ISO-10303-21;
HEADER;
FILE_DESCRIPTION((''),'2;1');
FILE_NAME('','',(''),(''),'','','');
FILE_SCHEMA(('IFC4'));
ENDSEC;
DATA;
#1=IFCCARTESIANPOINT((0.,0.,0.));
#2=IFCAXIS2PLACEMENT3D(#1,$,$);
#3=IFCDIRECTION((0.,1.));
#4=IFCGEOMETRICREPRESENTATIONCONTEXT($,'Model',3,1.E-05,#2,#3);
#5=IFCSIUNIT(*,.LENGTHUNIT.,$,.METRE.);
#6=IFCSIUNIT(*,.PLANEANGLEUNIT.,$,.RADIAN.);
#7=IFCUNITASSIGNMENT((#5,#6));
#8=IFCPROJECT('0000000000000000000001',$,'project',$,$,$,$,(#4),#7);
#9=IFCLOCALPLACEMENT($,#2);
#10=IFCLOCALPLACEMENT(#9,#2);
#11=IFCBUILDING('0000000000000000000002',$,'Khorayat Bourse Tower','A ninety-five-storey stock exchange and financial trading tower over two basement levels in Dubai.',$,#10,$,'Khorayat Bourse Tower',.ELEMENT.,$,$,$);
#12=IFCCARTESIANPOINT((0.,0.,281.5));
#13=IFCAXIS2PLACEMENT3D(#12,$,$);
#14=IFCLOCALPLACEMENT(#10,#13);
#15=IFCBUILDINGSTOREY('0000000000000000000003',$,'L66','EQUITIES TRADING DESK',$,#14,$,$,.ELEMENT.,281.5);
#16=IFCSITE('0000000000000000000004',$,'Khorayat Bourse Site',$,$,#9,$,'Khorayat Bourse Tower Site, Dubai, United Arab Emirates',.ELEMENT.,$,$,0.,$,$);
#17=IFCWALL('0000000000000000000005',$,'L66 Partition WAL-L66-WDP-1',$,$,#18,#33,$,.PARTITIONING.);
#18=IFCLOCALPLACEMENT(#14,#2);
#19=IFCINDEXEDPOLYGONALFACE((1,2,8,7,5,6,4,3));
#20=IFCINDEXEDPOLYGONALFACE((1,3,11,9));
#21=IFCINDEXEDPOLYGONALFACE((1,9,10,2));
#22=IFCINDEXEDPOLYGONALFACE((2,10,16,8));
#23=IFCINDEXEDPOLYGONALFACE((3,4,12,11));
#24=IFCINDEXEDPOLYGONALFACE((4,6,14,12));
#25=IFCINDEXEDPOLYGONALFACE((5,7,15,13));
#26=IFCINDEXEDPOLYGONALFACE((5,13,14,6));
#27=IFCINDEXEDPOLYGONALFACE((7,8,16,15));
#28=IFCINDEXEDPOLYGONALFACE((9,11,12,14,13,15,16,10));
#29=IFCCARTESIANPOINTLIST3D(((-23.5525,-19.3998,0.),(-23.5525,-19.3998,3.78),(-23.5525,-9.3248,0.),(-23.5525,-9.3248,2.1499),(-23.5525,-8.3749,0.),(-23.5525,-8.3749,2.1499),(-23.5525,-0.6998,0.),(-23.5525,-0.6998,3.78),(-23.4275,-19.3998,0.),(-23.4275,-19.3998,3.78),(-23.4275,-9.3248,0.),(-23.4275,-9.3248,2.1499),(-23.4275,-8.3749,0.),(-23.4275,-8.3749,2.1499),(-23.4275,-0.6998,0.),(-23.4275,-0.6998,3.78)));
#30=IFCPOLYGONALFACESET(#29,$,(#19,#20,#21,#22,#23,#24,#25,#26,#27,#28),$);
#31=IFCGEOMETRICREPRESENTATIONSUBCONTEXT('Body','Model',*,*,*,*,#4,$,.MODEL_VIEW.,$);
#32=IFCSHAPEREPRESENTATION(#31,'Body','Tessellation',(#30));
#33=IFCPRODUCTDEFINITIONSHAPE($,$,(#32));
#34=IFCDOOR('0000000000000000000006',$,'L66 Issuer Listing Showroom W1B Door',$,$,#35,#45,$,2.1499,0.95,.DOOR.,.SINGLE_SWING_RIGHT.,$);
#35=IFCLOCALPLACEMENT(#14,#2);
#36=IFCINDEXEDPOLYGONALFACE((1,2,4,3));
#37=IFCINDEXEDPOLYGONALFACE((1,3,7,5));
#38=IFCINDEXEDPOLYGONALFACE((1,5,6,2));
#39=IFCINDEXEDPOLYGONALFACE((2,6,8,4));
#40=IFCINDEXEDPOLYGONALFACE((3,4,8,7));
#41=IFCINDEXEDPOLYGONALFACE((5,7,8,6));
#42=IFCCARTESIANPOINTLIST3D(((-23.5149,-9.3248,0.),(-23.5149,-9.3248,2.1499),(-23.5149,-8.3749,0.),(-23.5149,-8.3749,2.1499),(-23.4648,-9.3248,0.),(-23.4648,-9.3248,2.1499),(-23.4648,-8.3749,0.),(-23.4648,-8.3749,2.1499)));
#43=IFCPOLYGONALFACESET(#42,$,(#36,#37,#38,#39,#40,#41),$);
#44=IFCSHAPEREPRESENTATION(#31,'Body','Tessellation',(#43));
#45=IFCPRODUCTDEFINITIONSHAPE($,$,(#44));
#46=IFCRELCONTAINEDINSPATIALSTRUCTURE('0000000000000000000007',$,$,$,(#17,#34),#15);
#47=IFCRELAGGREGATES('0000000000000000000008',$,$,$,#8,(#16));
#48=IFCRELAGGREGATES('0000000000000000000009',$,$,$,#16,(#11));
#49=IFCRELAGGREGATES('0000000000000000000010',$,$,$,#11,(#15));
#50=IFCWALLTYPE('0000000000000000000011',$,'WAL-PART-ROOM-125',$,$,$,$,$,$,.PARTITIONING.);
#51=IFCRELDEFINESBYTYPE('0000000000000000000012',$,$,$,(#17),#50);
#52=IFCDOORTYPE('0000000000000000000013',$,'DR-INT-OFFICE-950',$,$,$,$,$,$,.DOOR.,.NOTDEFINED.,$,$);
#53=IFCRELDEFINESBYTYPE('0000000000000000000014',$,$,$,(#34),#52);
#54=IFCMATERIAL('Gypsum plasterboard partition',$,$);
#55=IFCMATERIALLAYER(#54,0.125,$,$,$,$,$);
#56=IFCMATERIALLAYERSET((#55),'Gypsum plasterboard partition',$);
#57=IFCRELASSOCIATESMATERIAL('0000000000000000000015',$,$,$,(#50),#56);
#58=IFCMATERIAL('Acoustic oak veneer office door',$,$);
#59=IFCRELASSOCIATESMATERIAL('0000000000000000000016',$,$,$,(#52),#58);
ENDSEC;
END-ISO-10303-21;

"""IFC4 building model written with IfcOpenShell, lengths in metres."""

from ifc_helpers import new_model, si_unit, direction, frame, frame_2d, origin, place, context, subcontext, project, spatial, rectangle, extrude, source, transform, mapped, material, layer, layer_set, type_object, element, fill, save


model = new_model("IFC4")

# Units and contexts
model_context = context("Model", 3, precision=1e-05, world=origin(), true_north=direction((0.0, 1.0)))
body_context = subcontext(model_context, "Body", "Model", "MODEL_VIEW")
ifc_project = project(units=[si_unit("LENGTHUNIT", "METRE"), si_unit("PLANEANGLEUNIT", "RADIAN")], contexts=[model_context])

# Site, building, storey
site_placement = place(None, origin())
site = spatial("IfcSite", under=ifc_project, at=site_placement, Name="Khorayat Bourse Site", LongName="Khorayat Bourse Tower Site, Dubai, United Arab Emirates", CompositionType="ELEMENT", RefElevation=0.0)
building_placement = place(site_placement, origin())
building = spatial("IfcBuilding", under=site, at=building_placement, Name="Khorayat Bourse Tower", Description="A ninety-five-storey stock exchange and financial trading tower over two basement levels in Dubai.", LongName="Khorayat Bourse Tower", CompositionType="ELEMENT")
storey_placement = place(building_placement, frame((0.0, 0.0, 281.5)))
storey = spatial("IfcBuildingStorey", under=building, at=storey_placement, Name="L66", Description="EQUITIES TRADING DESK", CompositionType="ELEMENT", Elevation=281.5)

# Wall, opening, door
ifc_material_1 = material(Name="Gypsum plasterboard partition")
ifc_layer_1 = layer(ifc_material_1, 0.125)
ifc_layer_set_1 = layer_set([ifc_layer_1], Name="Gypsum plasterboard partition")
wall_type_1 = type_object("IfcWallType", Name="WAL-PART-ROOM-125", PredefinedType="PARTITIONING", material=ifc_layer_set_1)
shared_shape_1 = source(origin(), body_context, "Body", "SweptSolid", [
    extrude(rectangle(XDim=18.7, YDim=0.125, at=frame_2d((9.3501, 0.0))), origin(), (0.0, 0.0, 1.0), 3.78),
])
wall_1_placement = place(storey_placement, frame((-23.49, -19.3999, 0.0), z_axis=(0.0, 0.0, 1.0), x_axis=(0.0, 1.0, 0.0)))
wall_1 = element("IfcWall", 1, at=wall_1_placement, inside=storey, type_object=wall_type_1, Name="L66 Partition WAL-L66-WDP-1", PredefinedType="PARTITIONING", context=body_context, shape_type="MappedRepresentation", body=[
    mapped(shared_shape_1, transform((0.0, 0.0, 0.0), scale=1.0)),
])
shared_shape_2 = source(origin(), body_context, "Body", "SweptSolid", [
    extrude(rectangle(XDim=0.95, YDim=2.1499, at=frame_2d((0.4751, 1.075))), frame((0.0, 0.0725, 0.0), z_axis=(0.0, -1.0, 0.0), x_axis=(1.0, 0.0, 0.0)), (0.0, 0.0, 1.0), 0.145),
])
opening_1_placement = place(wall_1_placement, frame((10.075, 0.0, 0.0)))
opening_1 = element("IfcOpeningElement", 2, at=opening_1_placement, cuts=wall_1, PredefinedType="OPENING", context=body_context, shape_type="MappedRepresentation", body=[
    mapped(shared_shape_2, transform((0.0, 0.0, 0.0), scale=1.0)),
])
ifc_material_2 = material(Name="Acoustic oak veneer office door")
door_type = type_object("IfcDoorType", Name="DR-INT-OFFICE-950", OperationType="NOTDEFINED", PredefinedType="DOOR", material=ifc_material_2)
shared_shape_3 = source(origin(), body_context, "Body", "SweptSolid", [
    extrude(rectangle(XDim=0.95, YDim=2.1499, at=frame_2d((0.4751, 1.075))), frame((0.0, 0.0249, 0.0), z_axis=(0.0, -1.0, 0.0), x_axis=(1.0, 0.0, 0.0)), (0.0, 0.0, 1.0), 0.05),
])
door_placement = place(opening_1_placement, origin())
door = element("IfcDoor", 3, at=door_placement, inside=storey, type_object=door_type, Name="L66 Issuer Listing Showroom W1B Door", OperationType="SINGLE_SWING_RIGHT", OverallHeight=2.1499, OverallWidth=0.95, PredefinedType="DOOR", context=body_context, shape_type="MappedRepresentation", body=[
    mapped(shared_shape_3, transform((0.0, 0.0, 0.0), scale=1.0)),
])
fill(opening_1, door)

save(model, "model.ifc")
